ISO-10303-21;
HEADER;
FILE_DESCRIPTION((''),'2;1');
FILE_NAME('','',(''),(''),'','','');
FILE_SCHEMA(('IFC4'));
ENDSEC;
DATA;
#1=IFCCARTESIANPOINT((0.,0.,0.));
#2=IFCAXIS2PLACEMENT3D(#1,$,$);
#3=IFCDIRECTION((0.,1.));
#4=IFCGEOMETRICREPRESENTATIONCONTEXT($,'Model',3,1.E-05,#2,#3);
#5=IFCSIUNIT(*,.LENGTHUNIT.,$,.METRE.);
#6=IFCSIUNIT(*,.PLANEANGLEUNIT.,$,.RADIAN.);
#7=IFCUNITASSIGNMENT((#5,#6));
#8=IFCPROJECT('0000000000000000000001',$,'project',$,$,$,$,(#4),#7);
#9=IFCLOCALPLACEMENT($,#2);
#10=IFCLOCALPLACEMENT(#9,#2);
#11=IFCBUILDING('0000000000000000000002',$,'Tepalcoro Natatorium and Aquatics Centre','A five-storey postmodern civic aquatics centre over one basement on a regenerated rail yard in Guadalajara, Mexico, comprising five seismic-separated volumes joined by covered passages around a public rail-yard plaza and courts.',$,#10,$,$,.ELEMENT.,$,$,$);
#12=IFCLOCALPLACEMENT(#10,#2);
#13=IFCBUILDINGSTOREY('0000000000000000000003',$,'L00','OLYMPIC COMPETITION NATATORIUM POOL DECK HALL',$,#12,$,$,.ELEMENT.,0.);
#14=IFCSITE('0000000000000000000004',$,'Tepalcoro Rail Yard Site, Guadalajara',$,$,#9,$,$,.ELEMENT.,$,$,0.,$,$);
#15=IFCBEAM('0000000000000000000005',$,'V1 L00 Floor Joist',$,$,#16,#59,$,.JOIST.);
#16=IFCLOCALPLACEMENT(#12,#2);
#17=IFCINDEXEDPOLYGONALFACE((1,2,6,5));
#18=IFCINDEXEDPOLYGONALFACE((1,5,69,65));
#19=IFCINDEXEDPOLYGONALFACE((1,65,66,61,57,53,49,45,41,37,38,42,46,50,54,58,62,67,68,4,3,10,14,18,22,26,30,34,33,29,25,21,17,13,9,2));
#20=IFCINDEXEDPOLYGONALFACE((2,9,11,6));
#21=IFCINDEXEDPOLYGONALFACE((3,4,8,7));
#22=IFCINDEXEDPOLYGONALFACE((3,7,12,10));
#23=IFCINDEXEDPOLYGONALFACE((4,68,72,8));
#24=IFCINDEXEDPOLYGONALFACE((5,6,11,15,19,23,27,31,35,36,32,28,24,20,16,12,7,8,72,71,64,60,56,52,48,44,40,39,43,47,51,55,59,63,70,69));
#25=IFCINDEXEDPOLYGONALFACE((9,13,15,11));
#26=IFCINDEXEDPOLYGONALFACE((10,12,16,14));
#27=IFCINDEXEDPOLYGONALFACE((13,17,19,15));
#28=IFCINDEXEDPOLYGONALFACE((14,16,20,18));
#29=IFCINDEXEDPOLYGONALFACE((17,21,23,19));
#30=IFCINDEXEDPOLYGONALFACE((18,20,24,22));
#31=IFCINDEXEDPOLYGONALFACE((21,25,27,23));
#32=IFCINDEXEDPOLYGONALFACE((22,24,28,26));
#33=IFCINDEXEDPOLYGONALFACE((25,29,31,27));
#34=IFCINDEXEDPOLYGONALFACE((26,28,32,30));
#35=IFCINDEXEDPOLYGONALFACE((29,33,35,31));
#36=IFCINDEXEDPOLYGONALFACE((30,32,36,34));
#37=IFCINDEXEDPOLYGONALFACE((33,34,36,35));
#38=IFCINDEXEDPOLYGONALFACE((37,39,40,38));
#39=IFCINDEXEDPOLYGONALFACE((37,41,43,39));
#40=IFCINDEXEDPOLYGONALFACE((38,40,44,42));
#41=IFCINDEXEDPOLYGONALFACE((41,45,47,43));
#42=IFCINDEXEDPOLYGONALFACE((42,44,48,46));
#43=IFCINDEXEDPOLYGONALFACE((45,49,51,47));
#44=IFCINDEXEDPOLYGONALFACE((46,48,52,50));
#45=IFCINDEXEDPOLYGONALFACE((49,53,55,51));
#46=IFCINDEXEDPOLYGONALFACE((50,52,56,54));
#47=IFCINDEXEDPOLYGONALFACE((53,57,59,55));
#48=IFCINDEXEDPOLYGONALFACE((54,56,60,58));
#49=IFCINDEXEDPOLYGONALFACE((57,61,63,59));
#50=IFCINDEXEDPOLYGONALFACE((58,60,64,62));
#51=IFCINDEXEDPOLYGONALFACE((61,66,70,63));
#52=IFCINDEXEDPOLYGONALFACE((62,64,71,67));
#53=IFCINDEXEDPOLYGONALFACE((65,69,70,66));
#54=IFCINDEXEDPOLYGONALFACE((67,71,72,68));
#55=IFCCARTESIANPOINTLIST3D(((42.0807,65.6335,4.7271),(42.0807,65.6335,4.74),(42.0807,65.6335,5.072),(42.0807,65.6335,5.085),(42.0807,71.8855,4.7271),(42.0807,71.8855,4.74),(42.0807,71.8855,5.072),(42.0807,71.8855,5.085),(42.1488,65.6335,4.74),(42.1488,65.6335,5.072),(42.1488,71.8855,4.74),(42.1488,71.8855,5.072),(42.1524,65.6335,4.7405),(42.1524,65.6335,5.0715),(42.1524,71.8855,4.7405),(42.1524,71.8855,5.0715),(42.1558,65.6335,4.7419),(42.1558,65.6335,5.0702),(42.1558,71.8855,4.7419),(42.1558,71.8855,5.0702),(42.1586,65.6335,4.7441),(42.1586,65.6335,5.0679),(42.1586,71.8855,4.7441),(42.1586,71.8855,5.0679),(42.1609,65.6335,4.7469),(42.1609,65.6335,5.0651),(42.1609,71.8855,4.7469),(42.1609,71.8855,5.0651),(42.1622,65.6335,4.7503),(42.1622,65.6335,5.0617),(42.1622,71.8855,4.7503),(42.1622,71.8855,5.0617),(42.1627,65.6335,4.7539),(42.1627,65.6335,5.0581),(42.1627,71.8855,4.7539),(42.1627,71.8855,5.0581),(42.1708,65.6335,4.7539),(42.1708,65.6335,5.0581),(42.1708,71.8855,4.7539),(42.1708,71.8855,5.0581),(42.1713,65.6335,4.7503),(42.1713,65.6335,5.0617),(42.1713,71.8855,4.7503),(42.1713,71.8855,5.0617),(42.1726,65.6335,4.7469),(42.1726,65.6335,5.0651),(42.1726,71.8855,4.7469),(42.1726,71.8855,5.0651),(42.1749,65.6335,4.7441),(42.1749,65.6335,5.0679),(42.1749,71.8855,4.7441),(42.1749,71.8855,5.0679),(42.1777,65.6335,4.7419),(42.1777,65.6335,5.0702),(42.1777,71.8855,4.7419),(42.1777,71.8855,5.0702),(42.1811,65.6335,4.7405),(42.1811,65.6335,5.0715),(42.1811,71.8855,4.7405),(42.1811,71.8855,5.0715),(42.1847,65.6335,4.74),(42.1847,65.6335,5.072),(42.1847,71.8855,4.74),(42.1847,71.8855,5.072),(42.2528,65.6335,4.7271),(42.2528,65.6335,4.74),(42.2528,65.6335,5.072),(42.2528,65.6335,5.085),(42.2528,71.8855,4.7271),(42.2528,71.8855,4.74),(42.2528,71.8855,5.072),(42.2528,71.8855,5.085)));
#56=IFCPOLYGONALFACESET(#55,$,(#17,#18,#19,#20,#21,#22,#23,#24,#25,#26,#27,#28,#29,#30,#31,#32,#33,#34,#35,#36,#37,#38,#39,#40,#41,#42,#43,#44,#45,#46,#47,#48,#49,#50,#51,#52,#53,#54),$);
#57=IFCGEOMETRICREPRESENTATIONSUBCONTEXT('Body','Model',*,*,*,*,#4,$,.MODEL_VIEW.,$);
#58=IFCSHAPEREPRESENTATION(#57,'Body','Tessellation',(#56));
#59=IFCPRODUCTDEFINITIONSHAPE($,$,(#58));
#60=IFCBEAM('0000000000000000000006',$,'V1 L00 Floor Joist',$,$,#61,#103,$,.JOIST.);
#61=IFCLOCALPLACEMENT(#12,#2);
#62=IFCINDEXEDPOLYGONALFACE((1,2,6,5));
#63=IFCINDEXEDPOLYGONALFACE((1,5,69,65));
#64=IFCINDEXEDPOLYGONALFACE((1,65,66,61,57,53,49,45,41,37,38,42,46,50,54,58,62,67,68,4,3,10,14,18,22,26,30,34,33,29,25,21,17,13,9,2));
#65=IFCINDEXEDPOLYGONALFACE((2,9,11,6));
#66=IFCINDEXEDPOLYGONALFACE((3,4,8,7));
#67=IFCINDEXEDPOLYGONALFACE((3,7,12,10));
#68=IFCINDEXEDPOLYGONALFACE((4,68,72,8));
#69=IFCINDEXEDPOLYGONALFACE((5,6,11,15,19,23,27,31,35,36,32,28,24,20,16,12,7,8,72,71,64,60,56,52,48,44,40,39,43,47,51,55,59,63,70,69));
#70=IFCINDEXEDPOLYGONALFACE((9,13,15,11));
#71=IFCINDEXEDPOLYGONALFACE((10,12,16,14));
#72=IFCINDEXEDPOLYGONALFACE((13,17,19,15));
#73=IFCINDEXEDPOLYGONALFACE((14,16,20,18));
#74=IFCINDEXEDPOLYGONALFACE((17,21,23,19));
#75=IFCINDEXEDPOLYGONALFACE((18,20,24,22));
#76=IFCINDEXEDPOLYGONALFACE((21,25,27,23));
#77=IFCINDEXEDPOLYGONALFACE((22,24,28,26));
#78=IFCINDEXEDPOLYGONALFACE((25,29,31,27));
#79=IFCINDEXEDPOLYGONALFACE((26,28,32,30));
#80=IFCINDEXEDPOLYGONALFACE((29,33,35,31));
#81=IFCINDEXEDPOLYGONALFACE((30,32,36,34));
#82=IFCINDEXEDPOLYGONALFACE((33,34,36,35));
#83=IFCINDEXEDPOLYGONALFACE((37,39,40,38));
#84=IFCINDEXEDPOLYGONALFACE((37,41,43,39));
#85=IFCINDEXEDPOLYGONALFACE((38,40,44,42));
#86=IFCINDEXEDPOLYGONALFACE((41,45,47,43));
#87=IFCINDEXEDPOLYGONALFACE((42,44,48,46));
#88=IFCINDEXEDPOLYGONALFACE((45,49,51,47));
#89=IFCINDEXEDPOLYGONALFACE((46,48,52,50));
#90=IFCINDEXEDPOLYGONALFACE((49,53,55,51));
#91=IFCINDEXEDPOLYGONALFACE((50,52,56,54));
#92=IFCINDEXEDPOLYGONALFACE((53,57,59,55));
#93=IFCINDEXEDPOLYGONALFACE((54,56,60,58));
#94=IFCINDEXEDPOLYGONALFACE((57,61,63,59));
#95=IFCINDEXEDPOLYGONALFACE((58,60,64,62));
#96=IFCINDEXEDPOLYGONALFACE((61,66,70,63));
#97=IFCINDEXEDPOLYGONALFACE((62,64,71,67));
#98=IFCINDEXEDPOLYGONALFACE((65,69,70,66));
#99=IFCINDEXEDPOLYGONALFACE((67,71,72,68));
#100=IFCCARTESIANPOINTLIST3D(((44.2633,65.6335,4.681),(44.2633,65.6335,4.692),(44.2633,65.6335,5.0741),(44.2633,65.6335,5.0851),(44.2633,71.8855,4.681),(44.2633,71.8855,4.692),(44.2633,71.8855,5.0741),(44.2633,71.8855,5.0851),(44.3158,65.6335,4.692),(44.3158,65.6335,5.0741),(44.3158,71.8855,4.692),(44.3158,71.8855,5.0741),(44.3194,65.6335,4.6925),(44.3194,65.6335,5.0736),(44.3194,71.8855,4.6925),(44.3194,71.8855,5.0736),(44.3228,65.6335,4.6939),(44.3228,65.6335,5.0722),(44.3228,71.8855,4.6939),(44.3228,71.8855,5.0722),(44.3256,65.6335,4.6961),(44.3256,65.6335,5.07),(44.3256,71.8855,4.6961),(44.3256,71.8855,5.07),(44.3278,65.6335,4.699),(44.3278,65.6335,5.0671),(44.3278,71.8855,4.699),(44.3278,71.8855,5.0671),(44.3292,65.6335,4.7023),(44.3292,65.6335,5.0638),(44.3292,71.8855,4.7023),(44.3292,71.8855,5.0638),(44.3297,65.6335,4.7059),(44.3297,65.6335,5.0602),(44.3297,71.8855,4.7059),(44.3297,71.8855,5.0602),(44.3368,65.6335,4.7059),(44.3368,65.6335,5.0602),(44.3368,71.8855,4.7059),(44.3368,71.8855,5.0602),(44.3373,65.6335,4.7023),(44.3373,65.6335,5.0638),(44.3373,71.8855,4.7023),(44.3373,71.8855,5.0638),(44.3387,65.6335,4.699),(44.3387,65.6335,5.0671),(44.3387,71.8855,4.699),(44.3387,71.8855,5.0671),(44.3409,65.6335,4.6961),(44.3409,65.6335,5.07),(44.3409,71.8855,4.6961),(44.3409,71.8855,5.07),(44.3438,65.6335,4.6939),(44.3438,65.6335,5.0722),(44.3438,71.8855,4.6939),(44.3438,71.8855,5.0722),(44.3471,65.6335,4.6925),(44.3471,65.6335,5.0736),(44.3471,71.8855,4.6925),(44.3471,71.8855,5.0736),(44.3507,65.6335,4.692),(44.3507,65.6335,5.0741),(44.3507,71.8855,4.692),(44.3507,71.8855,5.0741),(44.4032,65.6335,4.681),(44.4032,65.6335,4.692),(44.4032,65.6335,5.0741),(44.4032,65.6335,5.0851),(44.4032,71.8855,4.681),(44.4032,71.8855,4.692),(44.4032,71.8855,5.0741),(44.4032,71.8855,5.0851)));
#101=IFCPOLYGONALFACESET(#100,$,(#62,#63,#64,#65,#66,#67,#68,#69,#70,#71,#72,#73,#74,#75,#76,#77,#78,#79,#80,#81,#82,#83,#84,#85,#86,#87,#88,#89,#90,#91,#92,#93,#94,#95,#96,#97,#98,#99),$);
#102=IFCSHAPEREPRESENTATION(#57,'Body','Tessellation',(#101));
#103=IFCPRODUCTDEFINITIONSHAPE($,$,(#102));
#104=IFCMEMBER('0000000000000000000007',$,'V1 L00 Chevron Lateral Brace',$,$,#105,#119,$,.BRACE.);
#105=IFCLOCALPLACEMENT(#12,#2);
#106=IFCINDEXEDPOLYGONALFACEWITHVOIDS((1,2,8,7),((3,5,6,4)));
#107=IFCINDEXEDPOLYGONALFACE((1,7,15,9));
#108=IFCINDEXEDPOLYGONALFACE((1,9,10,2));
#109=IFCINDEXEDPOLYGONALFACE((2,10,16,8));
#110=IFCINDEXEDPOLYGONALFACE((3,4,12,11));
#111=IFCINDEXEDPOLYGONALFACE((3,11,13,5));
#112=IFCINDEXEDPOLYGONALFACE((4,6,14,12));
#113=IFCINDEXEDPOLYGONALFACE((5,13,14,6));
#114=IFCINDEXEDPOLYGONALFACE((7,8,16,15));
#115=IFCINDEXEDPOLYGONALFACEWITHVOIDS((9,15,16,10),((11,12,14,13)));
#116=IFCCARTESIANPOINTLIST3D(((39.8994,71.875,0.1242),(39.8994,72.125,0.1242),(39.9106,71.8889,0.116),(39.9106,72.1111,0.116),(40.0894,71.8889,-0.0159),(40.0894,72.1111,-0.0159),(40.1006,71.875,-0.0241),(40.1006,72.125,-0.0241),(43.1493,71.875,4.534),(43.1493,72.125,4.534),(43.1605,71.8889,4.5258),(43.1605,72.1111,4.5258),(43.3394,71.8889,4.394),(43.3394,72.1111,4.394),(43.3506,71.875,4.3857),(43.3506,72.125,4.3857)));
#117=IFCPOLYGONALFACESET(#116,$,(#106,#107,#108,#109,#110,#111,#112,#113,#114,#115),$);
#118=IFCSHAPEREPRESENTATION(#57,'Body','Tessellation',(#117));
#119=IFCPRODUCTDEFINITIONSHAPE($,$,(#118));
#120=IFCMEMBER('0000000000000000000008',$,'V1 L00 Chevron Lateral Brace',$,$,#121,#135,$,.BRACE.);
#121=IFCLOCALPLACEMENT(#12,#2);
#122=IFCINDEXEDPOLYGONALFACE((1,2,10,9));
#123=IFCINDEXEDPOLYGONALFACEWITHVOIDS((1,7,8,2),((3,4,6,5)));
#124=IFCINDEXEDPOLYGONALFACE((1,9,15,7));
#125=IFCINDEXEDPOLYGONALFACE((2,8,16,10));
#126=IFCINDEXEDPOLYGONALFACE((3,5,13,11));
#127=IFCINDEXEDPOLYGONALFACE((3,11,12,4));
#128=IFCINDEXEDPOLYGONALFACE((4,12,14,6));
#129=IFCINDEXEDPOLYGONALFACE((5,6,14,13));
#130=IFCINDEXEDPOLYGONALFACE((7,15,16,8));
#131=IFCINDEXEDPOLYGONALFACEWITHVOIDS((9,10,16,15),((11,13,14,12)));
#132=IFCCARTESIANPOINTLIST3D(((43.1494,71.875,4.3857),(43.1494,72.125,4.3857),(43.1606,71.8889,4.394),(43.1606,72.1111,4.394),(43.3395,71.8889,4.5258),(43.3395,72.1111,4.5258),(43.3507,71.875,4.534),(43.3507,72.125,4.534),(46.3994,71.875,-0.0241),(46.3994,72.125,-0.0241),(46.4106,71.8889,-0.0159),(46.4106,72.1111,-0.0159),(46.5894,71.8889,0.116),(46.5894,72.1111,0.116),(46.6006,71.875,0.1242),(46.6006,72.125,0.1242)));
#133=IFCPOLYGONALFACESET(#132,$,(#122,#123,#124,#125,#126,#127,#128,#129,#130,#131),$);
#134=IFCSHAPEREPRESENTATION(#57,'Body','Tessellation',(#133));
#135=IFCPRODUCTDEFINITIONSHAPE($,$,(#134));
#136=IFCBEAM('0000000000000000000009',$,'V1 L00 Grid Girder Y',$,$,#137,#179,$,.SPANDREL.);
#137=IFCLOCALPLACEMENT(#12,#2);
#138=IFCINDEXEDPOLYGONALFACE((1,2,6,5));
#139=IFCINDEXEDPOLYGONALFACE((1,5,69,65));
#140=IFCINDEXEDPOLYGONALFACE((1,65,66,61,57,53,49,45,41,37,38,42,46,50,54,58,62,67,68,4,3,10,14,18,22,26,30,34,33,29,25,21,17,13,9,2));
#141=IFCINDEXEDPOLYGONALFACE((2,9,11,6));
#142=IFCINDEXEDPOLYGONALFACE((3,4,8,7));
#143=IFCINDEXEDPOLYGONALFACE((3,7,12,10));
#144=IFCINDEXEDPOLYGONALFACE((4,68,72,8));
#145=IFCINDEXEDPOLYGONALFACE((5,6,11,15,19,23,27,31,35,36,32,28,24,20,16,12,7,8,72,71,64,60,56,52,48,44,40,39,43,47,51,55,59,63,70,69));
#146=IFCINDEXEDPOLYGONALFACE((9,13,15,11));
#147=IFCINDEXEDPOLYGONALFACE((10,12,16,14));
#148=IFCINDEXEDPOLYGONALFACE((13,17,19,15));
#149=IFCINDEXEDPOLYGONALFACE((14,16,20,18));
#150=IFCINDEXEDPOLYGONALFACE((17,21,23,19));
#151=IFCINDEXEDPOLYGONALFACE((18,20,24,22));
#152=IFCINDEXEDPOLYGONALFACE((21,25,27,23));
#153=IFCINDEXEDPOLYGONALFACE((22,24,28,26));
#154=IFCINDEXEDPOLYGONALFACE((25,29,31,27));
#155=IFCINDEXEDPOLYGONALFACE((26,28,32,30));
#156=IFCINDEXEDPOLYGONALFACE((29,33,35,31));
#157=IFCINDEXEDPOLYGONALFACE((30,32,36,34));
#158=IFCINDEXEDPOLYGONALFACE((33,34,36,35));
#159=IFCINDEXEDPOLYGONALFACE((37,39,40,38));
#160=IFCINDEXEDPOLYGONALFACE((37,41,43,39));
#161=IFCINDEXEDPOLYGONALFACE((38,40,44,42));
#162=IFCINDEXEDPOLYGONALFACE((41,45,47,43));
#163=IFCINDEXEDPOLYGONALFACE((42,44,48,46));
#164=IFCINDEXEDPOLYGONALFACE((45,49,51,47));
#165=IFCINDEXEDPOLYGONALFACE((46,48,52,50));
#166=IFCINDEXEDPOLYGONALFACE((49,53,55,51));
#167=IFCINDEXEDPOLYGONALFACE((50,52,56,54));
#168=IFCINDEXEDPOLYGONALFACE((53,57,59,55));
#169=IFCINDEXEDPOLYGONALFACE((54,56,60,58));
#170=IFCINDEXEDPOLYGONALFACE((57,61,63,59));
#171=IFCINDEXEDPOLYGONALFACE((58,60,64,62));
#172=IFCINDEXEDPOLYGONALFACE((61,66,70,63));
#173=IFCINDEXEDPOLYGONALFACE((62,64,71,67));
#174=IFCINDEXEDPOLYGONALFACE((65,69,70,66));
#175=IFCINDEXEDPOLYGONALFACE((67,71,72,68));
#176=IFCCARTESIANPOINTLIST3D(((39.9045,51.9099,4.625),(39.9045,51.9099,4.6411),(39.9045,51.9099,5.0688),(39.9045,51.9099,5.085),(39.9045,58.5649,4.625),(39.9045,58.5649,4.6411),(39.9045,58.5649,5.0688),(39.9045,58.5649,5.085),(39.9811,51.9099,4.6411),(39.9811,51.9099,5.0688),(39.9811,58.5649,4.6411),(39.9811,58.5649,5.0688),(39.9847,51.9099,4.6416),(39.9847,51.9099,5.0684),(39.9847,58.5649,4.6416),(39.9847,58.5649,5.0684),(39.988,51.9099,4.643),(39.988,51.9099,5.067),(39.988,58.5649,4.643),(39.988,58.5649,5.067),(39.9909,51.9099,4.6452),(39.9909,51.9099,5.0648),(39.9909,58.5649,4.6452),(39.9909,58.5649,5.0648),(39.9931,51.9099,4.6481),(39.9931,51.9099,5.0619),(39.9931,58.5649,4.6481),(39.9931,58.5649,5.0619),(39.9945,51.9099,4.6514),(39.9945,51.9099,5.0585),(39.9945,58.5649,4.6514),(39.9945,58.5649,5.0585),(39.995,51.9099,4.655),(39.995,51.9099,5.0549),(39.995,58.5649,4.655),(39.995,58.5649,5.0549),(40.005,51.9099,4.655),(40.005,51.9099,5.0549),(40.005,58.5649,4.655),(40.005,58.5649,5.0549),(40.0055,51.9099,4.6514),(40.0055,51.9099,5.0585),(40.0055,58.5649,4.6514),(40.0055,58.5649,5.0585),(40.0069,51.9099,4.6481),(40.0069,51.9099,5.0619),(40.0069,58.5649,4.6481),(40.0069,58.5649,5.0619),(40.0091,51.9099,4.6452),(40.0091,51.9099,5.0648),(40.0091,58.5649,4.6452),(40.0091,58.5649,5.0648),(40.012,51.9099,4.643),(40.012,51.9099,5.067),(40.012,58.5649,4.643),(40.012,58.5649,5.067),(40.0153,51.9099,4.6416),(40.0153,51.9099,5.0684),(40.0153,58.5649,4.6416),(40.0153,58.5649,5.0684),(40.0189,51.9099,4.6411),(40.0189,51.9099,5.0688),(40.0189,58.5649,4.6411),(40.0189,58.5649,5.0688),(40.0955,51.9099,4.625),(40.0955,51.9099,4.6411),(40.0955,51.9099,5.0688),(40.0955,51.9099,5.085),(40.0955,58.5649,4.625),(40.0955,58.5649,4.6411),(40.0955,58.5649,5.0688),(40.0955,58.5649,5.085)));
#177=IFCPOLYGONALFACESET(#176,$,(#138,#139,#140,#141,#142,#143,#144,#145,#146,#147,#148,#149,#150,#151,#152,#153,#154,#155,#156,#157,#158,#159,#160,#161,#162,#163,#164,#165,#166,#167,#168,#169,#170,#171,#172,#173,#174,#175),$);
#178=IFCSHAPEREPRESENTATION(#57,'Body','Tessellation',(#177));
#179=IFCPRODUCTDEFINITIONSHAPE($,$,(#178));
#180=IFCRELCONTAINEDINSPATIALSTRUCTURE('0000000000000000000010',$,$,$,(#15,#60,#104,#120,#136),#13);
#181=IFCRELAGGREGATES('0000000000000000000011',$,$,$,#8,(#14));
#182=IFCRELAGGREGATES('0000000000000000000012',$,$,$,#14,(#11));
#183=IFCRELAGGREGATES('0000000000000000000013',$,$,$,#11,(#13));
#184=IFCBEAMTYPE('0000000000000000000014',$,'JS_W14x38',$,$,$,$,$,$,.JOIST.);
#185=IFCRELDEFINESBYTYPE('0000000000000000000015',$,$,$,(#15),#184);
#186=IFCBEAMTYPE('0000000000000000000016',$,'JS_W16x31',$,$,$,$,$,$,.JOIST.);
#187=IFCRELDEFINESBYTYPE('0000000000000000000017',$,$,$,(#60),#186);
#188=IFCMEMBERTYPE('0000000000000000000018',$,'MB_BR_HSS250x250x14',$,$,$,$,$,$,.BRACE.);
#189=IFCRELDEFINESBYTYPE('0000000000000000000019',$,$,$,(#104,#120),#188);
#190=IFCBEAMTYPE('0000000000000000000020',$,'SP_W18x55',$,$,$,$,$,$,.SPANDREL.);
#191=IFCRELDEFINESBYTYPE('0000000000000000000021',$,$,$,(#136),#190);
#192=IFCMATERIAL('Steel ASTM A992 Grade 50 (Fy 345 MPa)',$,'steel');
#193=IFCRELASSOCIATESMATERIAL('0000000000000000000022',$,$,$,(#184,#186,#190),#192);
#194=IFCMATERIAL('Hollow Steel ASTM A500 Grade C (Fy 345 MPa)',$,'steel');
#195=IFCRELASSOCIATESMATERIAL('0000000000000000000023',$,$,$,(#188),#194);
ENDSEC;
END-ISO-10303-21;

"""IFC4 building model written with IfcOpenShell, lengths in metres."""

from ifc_helpers import new_model, si_unit, direction, frame, origin, origin_2d, place, context, subcontext, project, spatial, hollow_rectangle, i_section, extrude, material, material_profile, profile_set, type_object, element, save


model = new_model("IFC4")

# Units and contexts
model_context = context("Model", 3, precision=1e-05, world=origin(), true_north=direction((0.0, 1.0)))
body_context = subcontext(model_context, "Body", "Model", "MODEL_VIEW")
ifc_project = project(units=[si_unit("LENGTHUNIT", "METRE"), si_unit("PLANEANGLEUNIT", "RADIAN")], contexts=[model_context])

# Site, building, storey
site_placement = place(None, origin())
site = spatial("IfcSite", under=ifc_project, at=site_placement, Name="Tepalcoro Rail Yard Site, Guadalajara", CompositionType="ELEMENT", RefElevation=0.0)
building_placement = place(site_placement, origin())
building = spatial("IfcBuilding", under=site, at=building_placement, Name="Tepalcoro Natatorium and Aquatics Centre", Description="A five-storey postmodern civic aquatics centre over one basement on a regenerated rail yard in Guadalajara, Mexico, comprising five seismic-separated volumes joined by covered passages around a public rail-yard plaza and courts.", CompositionType="ELEMENT")
storey_placement = place(building_placement, origin())
storey = spatial("IfcBuildingStorey", under=building, at=storey_placement, Name="L00", Description="OLYMPIC COMPETITION NATATORIUM POOL DECK HALL", CompositionType="ELEMENT", Elevation=0.0)

# Beams
ifc_material_1 = material(Name="Steel ASTM A992 Grade 50 (Fy 345 MPa)", Category="steel")
ifc_material_profile_1 = material_profile(ifc_material_1, i_section(OverallWidth=0.1721, OverallDepth=0.3579, WebThickness=0.0081, FlangeThickness=0.0129, FilletRadius=0.0139, at=origin_2d()), Name="W14X38")
ifc_profile_set_1 = profile_set([ifc_material_profile_1], Name="Steel ASTM A992 Grade 50 (Fy 345 MPa)")
beam_type_1 = type_object("IfcBeamType", Name="JS_W14x38", PredefinedType="JOIST", material=ifc_profile_set_1)
beam_1_placement = place(storey_placement, frame((42.1667, 65.6335, 4.906), z_axis=(0.0, 1.0, 0.0), x_axis=(-1.0, 0.0, 0.0)))
element("IfcBeam", 1, at=beam_1_placement, inside=storey, type_object=beam_type_1, Name="V1 L00 Floor Joist", PredefinedType="JOIST", context=body_context, shape_type="SweptSolid", body=[
    extrude(i_section(OverallWidth=0.1721, OverallDepth=0.3579, WebThickness=0.0081, FlangeThickness=0.0129, FilletRadius=0.0139, at=origin_2d()), origin(), (0.0, 0.0, 1.0), 6.252),
])
ifc_material_profile_2 = material_profile(ifc_material_1, i_section(OverallWidth=0.1399, OverallDepth=0.4041, WebThickness=0.0071, FlangeThickness=0.011, FilletRadius=0.0139, at=origin_2d()), Name="W16X31")
ifc_profile_set_2 = profile_set([ifc_material_profile_2], Name="Steel ASTM A992 Grade 50 (Fy 345 MPa)")
beam_type_2 = type_object("IfcBeamType", Name="JS_W16x31", PredefinedType="JOIST", material=ifc_profile_set_2)
beam_2_placement = place(storey_placement, frame((44.3333, 65.6335, 4.8831), z_axis=(0.0, 1.0, 0.0), x_axis=(-1.0, 0.0, 0.0)))
element("IfcBeam", 2, at=beam_2_placement, inside=storey, type_object=beam_type_2, Name="V1 L00 Floor Joist", PredefinedType="JOIST", context=body_context, shape_type="SweptSolid", body=[
    extrude(i_section(OverallWidth=0.1399, OverallDepth=0.4041, WebThickness=0.0071, FlangeThickness=0.011, FilletRadius=0.0139, at=origin_2d()), origin(), (0.0, 0.0, 1.0), 6.252),
])

# Members
ifc_material_2 = material(Name="Hollow Steel ASTM A500 Grade C (Fy 345 MPa)", Category="steel")
ifc_material_profile_3 = material_profile(ifc_material_2, hollow_rectangle(XDim=0.25, YDim=0.25, WallThickness=0.0139, at=origin_2d()), Name="HSS250X250X14")
ifc_profile_set_3 = profile_set([ifc_material_profile_3], Name="Hollow Steel ASTM A500 Grade C (Fy 345 MPa)")
member_type = type_object("IfcMemberType", Name="MB_BR_HSS250x250x14", PredefinedType="BRACE", material=ifc_profile_set_3)
for number, where, z_axis, x_axis, name in (
    (3, (40.0, 72.0, 0.05), (0.593269, 0.0, 0.805004), (0.0, 1.0, 0.0), "V1 L00 Chevron Lateral Brace"),
    (4, (46.5, 72.0, 0.05), (-0.593269, 0.0, 0.805004), (0.0, -1.0, 0.0), "V1 L00 Chevron Lateral Brace"),
):
    element("IfcMember", number, at=place(storey_placement, frame(where, z_axis=z_axis, x_axis=x_axis)), inside=storey, type_object=member_type, Name=name, PredefinedType="BRACE", context=body_context, shape_type="SweptSolid", body=[
        extrude(hollow_rectangle(XDim=0.25, YDim=0.25, WallThickness=0.0139, at=origin_2d()), origin(), (0.0, 0.0, 1.0), 5.478),
    ])

# Beam
ifc_material_profile_4 = material_profile(ifc_material_1, i_section(OverallWidth=0.1909, OverallDepth=0.46, WebThickness=0.01, FlangeThickness=0.0161, FilletRadius=0.0139, at=origin_2d()), Name="W18X55")
ifc_profile_set_4 = profile_set([ifc_material_profile_4], Name="Steel ASTM A992 Grade 50 (Fy 345 MPa)")
beam_type_3 = type_object("IfcBeamType", Name="SP_W18x55", PredefinedType="SPANDREL", material=ifc_profile_set_4)
beam_3_placement = place(storey_placement, frame((40.0, 51.9099, 4.855), z_axis=(0.0, 1.0, 0.0), x_axis=(-1.0, 0.0, 0.0)))
element("IfcBeam", 5, at=beam_3_placement, inside=storey, type_object=beam_type_3, Name="V1 L00 Grid Girder Y", PredefinedType="SPANDREL", context=body_context, shape_type="SweptSolid", body=[
    extrude(i_section(OverallWidth=0.1909, OverallDepth=0.46, WebThickness=0.01, FlangeThickness=0.0161, FilletRadius=0.0139, at=origin_2d()), origin(), (0.0, 0.0, 1.0), 6.655),
])

save(model, "model.ifc")
